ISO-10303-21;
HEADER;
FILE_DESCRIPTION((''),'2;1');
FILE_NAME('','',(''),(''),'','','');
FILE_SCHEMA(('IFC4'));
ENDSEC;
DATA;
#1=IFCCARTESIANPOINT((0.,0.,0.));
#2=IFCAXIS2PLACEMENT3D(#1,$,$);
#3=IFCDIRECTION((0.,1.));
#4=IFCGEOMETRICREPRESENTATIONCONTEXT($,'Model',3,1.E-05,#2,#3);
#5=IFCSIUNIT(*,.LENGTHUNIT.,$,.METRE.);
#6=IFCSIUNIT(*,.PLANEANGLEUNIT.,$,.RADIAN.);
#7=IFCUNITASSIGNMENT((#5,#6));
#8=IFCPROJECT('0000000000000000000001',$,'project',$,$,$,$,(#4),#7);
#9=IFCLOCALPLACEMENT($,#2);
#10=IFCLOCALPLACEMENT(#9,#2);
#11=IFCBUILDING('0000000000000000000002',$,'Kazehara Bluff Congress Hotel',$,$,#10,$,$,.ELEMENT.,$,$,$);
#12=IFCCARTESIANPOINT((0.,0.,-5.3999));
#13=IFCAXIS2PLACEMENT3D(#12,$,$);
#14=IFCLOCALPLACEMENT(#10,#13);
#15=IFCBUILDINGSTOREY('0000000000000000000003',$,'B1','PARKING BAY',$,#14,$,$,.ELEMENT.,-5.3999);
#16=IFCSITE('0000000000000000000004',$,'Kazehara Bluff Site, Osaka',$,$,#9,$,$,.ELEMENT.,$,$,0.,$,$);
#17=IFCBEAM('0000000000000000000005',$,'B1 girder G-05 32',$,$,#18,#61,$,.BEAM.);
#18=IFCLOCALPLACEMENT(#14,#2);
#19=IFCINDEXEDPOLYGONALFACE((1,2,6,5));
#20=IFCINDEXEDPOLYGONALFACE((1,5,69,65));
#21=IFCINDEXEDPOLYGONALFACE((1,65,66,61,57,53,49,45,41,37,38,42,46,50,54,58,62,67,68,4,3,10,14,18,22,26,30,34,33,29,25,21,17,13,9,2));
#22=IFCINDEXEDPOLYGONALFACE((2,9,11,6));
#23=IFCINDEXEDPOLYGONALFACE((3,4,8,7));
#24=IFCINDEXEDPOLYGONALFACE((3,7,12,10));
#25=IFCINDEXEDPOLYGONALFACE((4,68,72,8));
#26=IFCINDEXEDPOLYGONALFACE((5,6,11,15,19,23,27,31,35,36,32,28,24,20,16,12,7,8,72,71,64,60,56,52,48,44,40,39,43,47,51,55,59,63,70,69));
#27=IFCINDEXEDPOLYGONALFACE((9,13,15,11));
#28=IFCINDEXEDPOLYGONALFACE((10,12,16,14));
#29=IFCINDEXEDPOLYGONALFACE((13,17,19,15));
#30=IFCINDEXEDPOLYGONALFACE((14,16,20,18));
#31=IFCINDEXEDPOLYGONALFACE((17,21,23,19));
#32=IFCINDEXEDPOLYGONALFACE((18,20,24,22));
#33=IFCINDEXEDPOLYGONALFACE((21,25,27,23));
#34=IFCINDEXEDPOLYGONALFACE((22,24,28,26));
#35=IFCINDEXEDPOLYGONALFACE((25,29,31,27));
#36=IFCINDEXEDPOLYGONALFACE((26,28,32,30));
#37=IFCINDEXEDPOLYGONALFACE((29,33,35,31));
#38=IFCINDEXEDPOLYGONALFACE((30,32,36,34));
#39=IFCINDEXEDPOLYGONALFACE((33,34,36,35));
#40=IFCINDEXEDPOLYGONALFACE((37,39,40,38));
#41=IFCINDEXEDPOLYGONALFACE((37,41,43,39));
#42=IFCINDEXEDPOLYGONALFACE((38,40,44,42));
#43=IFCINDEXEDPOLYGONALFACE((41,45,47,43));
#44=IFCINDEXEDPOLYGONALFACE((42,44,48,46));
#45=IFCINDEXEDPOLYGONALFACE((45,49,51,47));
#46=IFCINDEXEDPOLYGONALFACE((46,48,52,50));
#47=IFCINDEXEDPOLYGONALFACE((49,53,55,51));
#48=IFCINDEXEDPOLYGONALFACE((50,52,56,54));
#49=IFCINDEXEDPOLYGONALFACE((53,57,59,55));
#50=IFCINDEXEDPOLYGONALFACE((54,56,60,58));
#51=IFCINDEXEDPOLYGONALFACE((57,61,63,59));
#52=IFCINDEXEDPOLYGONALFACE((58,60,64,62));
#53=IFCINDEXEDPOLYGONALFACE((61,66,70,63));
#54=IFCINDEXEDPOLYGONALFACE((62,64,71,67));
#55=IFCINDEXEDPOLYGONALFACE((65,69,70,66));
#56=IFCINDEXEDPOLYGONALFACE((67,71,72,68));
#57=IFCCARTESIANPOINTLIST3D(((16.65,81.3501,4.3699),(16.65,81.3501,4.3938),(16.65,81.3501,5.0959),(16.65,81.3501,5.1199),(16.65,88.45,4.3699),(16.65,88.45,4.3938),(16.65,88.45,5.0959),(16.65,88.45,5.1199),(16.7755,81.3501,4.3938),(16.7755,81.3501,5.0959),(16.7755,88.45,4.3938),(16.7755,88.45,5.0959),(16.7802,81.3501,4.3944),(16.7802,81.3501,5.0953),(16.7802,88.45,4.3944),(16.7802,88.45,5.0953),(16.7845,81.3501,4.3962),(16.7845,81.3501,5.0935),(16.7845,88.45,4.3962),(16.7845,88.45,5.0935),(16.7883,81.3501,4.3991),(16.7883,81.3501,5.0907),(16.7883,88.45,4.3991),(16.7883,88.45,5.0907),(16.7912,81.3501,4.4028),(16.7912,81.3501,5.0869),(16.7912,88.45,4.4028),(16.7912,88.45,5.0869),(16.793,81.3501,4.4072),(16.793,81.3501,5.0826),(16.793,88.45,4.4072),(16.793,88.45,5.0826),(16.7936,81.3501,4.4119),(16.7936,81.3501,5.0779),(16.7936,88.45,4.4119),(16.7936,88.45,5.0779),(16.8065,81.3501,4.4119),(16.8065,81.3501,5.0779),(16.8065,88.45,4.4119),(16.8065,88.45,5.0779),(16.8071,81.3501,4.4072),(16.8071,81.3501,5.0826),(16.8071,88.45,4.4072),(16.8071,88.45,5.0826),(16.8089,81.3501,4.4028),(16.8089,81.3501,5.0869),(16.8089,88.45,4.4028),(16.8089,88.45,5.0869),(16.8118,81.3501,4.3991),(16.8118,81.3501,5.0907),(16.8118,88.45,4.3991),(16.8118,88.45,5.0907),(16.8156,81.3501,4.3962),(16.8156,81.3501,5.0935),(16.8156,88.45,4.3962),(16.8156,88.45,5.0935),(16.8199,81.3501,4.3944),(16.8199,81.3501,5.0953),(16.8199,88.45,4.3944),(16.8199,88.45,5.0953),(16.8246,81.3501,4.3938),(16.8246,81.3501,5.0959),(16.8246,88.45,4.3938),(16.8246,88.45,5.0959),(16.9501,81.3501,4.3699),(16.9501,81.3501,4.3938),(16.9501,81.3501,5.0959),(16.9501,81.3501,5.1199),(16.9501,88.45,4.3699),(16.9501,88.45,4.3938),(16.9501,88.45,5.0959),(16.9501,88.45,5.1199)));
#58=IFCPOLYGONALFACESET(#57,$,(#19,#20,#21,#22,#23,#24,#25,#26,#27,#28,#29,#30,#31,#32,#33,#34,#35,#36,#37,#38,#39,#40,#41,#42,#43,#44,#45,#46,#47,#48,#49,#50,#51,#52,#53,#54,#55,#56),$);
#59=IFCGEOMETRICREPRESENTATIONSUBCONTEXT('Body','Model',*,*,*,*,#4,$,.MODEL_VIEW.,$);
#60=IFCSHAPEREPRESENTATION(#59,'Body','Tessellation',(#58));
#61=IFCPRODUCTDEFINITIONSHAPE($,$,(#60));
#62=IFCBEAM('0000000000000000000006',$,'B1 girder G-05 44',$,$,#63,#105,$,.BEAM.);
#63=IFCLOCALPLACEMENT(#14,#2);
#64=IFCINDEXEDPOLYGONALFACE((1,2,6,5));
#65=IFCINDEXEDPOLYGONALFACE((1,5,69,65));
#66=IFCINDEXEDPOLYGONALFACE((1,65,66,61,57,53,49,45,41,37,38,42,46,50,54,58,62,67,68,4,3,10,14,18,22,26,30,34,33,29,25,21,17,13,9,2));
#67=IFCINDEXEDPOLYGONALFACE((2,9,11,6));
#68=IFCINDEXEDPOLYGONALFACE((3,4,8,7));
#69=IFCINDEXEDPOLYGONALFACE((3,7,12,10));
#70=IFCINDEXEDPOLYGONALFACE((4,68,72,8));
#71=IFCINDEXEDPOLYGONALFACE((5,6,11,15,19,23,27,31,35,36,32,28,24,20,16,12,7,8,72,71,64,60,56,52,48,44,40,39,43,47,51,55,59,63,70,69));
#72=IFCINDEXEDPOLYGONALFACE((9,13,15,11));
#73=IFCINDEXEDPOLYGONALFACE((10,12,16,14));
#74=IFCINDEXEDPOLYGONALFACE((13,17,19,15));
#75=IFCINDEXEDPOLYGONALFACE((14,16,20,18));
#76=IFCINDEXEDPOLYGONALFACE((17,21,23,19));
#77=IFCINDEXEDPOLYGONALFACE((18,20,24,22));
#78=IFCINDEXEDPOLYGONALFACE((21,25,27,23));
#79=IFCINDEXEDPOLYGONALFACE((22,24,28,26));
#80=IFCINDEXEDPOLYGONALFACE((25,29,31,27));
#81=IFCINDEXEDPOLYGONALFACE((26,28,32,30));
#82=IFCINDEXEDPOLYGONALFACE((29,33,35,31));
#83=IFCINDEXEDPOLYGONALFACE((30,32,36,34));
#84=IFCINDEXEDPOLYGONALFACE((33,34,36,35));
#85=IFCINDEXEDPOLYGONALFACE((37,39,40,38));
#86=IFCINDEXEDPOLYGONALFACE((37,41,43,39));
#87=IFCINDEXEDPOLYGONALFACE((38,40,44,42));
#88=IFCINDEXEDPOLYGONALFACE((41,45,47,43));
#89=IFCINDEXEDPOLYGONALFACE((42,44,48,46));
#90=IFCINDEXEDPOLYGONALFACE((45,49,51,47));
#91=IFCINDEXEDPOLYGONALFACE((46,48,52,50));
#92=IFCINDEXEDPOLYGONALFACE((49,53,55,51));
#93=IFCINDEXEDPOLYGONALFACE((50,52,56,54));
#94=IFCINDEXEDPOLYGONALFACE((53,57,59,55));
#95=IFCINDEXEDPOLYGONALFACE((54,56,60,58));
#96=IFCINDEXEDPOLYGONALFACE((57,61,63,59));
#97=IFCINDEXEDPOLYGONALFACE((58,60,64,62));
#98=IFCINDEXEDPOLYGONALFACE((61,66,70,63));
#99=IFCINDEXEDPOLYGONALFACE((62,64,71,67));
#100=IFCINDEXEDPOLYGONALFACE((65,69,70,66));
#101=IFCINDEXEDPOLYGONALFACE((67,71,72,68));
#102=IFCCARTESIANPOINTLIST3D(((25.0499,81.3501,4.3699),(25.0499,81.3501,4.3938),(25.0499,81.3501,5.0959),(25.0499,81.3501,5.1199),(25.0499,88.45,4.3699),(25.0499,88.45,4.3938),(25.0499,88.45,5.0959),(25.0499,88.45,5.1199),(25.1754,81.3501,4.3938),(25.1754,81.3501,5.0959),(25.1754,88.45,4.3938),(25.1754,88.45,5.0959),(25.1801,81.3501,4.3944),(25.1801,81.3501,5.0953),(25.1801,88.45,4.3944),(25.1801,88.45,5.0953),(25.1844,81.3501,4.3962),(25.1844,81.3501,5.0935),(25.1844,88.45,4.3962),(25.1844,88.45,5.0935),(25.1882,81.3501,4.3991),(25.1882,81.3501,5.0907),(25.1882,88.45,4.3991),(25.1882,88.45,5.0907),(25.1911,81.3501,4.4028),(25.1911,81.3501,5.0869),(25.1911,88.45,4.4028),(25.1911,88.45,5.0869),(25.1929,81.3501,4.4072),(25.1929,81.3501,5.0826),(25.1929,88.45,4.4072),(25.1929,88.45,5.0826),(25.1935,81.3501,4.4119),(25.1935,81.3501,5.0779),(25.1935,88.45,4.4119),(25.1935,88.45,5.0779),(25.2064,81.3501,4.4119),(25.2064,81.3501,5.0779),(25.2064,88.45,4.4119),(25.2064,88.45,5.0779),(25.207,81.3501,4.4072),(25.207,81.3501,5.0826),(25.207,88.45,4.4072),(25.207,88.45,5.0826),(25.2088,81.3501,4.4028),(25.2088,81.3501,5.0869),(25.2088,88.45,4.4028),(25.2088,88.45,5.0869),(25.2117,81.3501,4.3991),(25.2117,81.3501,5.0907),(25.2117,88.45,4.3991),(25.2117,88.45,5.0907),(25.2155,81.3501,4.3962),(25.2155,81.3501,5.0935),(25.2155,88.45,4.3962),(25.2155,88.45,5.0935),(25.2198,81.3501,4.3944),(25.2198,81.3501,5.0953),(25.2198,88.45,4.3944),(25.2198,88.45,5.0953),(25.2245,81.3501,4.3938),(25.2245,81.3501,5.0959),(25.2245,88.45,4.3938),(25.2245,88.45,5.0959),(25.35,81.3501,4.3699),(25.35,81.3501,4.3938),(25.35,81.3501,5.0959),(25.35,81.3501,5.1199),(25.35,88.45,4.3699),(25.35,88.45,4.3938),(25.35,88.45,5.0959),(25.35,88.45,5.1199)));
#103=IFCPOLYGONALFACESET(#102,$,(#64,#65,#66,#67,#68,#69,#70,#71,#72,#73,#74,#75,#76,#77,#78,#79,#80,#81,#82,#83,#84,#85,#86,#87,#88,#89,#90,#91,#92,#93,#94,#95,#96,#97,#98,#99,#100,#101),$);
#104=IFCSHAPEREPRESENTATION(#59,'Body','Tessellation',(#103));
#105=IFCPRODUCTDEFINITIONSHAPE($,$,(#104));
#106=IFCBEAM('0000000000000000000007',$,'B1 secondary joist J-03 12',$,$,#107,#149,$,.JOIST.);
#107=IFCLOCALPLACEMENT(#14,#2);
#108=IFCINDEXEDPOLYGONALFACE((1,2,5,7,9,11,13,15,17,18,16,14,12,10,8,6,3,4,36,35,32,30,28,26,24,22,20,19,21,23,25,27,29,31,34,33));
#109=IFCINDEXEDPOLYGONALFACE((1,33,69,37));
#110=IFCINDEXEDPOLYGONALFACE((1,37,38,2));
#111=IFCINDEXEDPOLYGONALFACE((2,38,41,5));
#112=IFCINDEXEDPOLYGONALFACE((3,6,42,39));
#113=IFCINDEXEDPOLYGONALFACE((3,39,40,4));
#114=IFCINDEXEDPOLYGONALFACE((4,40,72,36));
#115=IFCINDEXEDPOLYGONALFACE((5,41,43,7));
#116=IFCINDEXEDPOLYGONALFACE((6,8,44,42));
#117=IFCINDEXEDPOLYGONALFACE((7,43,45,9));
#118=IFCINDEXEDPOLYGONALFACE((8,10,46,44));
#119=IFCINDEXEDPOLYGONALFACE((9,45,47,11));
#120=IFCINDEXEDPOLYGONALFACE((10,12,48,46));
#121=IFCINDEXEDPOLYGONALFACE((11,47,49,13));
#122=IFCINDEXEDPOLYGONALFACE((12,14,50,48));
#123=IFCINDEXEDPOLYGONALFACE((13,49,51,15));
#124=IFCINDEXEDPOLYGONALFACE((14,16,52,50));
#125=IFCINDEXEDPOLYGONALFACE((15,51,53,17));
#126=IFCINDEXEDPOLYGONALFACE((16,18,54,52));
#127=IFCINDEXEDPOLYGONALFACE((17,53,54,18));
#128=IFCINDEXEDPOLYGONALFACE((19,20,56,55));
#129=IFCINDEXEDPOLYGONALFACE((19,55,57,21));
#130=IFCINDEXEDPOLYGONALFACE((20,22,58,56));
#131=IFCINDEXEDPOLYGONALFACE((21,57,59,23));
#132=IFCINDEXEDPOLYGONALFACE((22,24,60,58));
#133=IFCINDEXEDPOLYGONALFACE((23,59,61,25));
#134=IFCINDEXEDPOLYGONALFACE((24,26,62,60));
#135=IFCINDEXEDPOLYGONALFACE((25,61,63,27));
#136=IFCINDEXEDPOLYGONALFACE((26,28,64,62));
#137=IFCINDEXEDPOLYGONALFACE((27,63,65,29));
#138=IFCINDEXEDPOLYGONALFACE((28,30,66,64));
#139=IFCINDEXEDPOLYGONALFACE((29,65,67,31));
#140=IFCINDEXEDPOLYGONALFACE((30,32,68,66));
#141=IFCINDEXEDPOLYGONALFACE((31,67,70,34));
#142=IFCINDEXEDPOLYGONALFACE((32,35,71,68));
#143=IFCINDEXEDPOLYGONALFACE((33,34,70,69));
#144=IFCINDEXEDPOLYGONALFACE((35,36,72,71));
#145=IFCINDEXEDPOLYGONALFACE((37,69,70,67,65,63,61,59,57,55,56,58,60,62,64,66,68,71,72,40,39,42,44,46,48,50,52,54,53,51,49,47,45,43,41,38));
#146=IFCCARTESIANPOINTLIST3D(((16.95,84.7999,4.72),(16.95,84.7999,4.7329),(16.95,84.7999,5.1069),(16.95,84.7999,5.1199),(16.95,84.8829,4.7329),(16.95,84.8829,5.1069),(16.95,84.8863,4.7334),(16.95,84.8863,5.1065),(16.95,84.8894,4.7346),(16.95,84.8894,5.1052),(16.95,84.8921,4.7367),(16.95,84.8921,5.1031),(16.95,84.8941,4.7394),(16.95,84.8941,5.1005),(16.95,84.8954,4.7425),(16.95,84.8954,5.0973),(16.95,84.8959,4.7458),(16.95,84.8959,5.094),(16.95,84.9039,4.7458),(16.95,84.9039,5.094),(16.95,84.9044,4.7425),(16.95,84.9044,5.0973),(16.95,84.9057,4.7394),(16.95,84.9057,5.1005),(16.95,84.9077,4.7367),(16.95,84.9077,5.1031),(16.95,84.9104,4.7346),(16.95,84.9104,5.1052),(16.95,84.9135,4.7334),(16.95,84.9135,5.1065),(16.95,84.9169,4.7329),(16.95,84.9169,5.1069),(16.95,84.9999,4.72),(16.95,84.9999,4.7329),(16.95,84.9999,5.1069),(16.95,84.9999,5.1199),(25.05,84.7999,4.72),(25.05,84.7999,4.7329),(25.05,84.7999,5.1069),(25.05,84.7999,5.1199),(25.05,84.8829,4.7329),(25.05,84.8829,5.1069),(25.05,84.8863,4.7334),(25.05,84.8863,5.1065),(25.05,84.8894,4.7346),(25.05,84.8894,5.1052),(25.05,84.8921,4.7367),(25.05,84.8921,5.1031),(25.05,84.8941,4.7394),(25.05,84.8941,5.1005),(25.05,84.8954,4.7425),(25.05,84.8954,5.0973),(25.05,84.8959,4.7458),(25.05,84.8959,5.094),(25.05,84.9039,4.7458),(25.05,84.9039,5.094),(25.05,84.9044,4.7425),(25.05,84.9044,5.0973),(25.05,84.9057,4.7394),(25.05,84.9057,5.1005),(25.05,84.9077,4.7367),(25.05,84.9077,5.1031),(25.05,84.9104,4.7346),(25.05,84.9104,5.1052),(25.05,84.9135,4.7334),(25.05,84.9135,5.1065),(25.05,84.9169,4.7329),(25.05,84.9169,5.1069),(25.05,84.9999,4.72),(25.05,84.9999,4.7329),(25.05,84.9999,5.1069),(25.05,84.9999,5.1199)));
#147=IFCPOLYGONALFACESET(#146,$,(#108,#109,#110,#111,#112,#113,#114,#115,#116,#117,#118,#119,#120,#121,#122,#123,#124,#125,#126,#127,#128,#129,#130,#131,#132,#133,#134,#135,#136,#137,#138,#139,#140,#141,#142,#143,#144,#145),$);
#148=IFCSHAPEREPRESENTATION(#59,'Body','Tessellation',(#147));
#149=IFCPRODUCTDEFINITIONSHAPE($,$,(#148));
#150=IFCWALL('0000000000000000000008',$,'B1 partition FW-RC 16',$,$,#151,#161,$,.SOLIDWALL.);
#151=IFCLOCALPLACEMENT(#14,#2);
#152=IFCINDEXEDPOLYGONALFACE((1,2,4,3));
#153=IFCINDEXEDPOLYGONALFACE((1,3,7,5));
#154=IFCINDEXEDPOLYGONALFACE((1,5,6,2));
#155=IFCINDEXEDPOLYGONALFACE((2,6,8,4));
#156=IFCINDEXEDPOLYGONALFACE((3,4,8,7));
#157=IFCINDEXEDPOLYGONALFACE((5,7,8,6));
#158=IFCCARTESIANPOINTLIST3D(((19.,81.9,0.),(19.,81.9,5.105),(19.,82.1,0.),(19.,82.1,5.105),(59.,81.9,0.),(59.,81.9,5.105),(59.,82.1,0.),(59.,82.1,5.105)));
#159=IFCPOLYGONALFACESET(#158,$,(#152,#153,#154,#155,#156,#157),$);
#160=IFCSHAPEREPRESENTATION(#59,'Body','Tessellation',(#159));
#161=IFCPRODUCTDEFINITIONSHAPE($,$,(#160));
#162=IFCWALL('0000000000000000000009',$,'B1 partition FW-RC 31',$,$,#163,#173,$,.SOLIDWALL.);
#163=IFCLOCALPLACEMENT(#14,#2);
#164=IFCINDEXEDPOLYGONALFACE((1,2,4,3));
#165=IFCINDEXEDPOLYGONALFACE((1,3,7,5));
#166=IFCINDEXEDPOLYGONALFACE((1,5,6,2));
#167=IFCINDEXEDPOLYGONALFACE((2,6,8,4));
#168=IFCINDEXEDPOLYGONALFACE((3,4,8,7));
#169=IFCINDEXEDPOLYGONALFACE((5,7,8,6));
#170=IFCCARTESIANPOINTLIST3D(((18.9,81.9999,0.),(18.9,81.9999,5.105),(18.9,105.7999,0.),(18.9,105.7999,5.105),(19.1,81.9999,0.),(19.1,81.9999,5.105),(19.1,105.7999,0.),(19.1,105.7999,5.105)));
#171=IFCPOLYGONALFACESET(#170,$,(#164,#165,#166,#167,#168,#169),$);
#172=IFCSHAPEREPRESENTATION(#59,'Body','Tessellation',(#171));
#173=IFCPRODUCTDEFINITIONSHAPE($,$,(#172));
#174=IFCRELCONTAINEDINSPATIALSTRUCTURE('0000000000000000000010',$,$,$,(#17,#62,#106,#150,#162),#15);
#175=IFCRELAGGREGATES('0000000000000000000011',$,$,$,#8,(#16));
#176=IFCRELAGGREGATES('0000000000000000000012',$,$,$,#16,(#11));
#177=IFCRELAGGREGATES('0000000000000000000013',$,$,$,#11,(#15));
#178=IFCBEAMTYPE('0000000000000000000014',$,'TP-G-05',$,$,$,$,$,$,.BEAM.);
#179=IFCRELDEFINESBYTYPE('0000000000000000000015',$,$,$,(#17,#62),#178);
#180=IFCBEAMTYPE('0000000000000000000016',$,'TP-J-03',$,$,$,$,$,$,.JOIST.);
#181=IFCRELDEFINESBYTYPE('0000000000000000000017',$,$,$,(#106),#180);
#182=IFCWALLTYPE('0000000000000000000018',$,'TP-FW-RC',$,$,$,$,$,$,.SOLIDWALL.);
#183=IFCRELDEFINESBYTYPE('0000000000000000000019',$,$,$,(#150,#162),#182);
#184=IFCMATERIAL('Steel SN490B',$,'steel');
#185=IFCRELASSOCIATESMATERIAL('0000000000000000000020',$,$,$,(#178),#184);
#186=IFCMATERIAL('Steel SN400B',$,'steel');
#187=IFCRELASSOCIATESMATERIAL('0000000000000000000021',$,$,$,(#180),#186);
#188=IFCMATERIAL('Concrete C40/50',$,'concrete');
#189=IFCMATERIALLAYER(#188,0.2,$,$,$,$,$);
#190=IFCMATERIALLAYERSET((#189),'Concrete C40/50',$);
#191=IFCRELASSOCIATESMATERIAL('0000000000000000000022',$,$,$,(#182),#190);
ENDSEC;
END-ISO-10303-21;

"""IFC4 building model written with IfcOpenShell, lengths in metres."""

from ifc_helpers import new_model, si_unit, direction, frame, frame_2d, origin, origin_2d, place, context, subcontext, project, spatial, rectangle, i_section, extrude, material, layer, layer_set, material_profile, profile_set, type_object, element, save


model = new_model("IFC4")

# Units and contexts
model_context = context("Model", 3, precision=1e-05, world=origin(), true_north=direction((0.0, 1.0)))
body_context = subcontext(model_context, "Body", "Model", "MODEL_VIEW")
ifc_project = project(units=[si_unit("LENGTHUNIT", "METRE"), si_unit("PLANEANGLEUNIT", "RADIAN")], contexts=[model_context])

# Site, building, storey
site_placement = place(None, origin())
site = spatial("IfcSite", under=ifc_project, at=site_placement, Name="Kazehara Bluff Site, Osaka", CompositionType="ELEMENT", RefElevation=0.0)
building_placement = place(site_placement, origin())
building = spatial("IfcBuilding", under=site, at=building_placement, Name="Kazehara Bluff Congress Hotel", CompositionType="ELEMENT")
storey_placement = place(building_placement, frame((0.0, 0.0, -5.3999)))
storey = spatial("IfcBuildingStorey", under=building, at=storey_placement, Name="B1", Description="PARKING BAY", CompositionType="ELEMENT", Elevation=-5.3999)

# Beams
ifc_material_1 = material(Name="Steel SN490B", Category="steel")
ifc_material_profile_1 = material_profile(ifc_material_1, i_section(OverallWidth=0.3, OverallDepth=0.75, WebThickness=0.0129, FlangeThickness=0.0239, FilletRadius=0.0181, at=origin_2d()))
ifc_profile_set_1 = profile_set([ifc_material_profile_1], Name="Steel SN490B")
beam_type_1 = type_object("IfcBeamType", Name="TP-G-05", PredefinedType="BEAM", material=ifc_profile_set_1)
for number, where, z_axis, x_axis, name in (
    (1, (16.8, 81.3501, 4.7449), (0.0, 1.0, 0.0), (-1.0, 0.0, 0.0), "B1 girder G-05 32"),
    (2, (25.2, 81.3501, 4.7449), (0.0, 1.0, 0.0), (-1.0, 0.0, 0.0), "B1 girder G-05 44"),
):
    element("IfcBeam", number, at=place(storey_placement, frame(where, z_axis=z_axis, x_axis=x_axis)), inside=storey, type_object=beam_type_1, Name=name, PredefinedType="BEAM", context=body_context, shape_type="SweptSolid", body=[
        extrude(i_section(OverallWidth=0.3, OverallDepth=0.75, WebThickness=0.0129, FlangeThickness=0.0239, FilletRadius=0.0181, at=origin_2d()), origin(), (0.0, 0.0, 1.0), 7.0999),
    ])
ifc_material_2 = material(Name="Steel SN400B", Category="steel")
ifc_material_profile_2 = material_profile(ifc_material_2, i_section(OverallWidth=0.2, OverallDepth=0.3999, WebThickness=0.0081, FlangeThickness=0.0129, FilletRadius=0.0129, at=origin_2d()))
ifc_profile_set_2 = profile_set([ifc_material_profile_2], Name="Steel SN400B")
beam_type_2 = type_object("IfcBeamType", Name="TP-J-03", PredefinedType="JOIST", material=ifc_profile_set_2)
beam_placement = place(storey_placement, frame((16.95, 84.8999, 4.9199), z_axis=(1.0, 0.0, 0.0), x_axis=(0.0, 1.0, 0.0)))
element("IfcBeam", 3, at=beam_placement, inside=storey, type_object=beam_type_2, Name="B1 secondary joist J-03 12", PredefinedType="JOIST", context=body_context, shape_type="SweptSolid", body=[
    extrude(i_section(OverallWidth=0.2, OverallDepth=0.3999, WebThickness=0.0081, FlangeThickness=0.0129, FilletRadius=0.0129, at=origin_2d()), origin(), (0.0, 0.0, 1.0), 8.1001),
])

# Walls
ifc_material_3 = material(Name="Concrete C40/50", Category="concrete")
ifc_layer_1 = layer(ifc_material_3, 0.2)
ifc_layer_set_1 = layer_set([ifc_layer_1], Name="Concrete C40/50")
wall_type = type_object("IfcWallType", Name="TP-FW-RC", PredefinedType="SOLIDWALL", material=ifc_layer_set_1)
wall_1_placement = place(storey_placement, frame((19.0, 82.0, 0.0), z_axis=(0.0, 0.0, 1.0), x_axis=(1.0, 0.0, 0.0)))
element("IfcWall", 4, at=wall_1_placement, inside=storey, type_object=wall_type, Name="B1 partition FW-RC 16", PredefinedType="SOLIDWALL", context=body_context, shape_type="SweptSolid", body=[
    extrude(rectangle(XDim=40.0, YDim=0.2, at=frame_2d((20.0, 0.0))), origin(), (0.0, 0.0, 1.0), 5.105),
])
wall_2_placement = place(storey_placement, frame((19.0, 82.0, 0.0), z_axis=(0.0, 0.0, 1.0), x_axis=(0.0, 1.0, 0.0)))
element("IfcWall", 5, at=wall_2_placement, inside=storey, type_object=wall_type, Name="B1 partition FW-RC 31", PredefinedType="SOLIDWALL", context=body_context, shape_type="SweptSolid", body=[
    extrude(rectangle(XDim=23.8, YDim=0.2, at=frame_2d((11.8999, 0.0))), origin(), (0.0, 0.0, 1.0), 5.105),
])

save(model, "model.ifc")
